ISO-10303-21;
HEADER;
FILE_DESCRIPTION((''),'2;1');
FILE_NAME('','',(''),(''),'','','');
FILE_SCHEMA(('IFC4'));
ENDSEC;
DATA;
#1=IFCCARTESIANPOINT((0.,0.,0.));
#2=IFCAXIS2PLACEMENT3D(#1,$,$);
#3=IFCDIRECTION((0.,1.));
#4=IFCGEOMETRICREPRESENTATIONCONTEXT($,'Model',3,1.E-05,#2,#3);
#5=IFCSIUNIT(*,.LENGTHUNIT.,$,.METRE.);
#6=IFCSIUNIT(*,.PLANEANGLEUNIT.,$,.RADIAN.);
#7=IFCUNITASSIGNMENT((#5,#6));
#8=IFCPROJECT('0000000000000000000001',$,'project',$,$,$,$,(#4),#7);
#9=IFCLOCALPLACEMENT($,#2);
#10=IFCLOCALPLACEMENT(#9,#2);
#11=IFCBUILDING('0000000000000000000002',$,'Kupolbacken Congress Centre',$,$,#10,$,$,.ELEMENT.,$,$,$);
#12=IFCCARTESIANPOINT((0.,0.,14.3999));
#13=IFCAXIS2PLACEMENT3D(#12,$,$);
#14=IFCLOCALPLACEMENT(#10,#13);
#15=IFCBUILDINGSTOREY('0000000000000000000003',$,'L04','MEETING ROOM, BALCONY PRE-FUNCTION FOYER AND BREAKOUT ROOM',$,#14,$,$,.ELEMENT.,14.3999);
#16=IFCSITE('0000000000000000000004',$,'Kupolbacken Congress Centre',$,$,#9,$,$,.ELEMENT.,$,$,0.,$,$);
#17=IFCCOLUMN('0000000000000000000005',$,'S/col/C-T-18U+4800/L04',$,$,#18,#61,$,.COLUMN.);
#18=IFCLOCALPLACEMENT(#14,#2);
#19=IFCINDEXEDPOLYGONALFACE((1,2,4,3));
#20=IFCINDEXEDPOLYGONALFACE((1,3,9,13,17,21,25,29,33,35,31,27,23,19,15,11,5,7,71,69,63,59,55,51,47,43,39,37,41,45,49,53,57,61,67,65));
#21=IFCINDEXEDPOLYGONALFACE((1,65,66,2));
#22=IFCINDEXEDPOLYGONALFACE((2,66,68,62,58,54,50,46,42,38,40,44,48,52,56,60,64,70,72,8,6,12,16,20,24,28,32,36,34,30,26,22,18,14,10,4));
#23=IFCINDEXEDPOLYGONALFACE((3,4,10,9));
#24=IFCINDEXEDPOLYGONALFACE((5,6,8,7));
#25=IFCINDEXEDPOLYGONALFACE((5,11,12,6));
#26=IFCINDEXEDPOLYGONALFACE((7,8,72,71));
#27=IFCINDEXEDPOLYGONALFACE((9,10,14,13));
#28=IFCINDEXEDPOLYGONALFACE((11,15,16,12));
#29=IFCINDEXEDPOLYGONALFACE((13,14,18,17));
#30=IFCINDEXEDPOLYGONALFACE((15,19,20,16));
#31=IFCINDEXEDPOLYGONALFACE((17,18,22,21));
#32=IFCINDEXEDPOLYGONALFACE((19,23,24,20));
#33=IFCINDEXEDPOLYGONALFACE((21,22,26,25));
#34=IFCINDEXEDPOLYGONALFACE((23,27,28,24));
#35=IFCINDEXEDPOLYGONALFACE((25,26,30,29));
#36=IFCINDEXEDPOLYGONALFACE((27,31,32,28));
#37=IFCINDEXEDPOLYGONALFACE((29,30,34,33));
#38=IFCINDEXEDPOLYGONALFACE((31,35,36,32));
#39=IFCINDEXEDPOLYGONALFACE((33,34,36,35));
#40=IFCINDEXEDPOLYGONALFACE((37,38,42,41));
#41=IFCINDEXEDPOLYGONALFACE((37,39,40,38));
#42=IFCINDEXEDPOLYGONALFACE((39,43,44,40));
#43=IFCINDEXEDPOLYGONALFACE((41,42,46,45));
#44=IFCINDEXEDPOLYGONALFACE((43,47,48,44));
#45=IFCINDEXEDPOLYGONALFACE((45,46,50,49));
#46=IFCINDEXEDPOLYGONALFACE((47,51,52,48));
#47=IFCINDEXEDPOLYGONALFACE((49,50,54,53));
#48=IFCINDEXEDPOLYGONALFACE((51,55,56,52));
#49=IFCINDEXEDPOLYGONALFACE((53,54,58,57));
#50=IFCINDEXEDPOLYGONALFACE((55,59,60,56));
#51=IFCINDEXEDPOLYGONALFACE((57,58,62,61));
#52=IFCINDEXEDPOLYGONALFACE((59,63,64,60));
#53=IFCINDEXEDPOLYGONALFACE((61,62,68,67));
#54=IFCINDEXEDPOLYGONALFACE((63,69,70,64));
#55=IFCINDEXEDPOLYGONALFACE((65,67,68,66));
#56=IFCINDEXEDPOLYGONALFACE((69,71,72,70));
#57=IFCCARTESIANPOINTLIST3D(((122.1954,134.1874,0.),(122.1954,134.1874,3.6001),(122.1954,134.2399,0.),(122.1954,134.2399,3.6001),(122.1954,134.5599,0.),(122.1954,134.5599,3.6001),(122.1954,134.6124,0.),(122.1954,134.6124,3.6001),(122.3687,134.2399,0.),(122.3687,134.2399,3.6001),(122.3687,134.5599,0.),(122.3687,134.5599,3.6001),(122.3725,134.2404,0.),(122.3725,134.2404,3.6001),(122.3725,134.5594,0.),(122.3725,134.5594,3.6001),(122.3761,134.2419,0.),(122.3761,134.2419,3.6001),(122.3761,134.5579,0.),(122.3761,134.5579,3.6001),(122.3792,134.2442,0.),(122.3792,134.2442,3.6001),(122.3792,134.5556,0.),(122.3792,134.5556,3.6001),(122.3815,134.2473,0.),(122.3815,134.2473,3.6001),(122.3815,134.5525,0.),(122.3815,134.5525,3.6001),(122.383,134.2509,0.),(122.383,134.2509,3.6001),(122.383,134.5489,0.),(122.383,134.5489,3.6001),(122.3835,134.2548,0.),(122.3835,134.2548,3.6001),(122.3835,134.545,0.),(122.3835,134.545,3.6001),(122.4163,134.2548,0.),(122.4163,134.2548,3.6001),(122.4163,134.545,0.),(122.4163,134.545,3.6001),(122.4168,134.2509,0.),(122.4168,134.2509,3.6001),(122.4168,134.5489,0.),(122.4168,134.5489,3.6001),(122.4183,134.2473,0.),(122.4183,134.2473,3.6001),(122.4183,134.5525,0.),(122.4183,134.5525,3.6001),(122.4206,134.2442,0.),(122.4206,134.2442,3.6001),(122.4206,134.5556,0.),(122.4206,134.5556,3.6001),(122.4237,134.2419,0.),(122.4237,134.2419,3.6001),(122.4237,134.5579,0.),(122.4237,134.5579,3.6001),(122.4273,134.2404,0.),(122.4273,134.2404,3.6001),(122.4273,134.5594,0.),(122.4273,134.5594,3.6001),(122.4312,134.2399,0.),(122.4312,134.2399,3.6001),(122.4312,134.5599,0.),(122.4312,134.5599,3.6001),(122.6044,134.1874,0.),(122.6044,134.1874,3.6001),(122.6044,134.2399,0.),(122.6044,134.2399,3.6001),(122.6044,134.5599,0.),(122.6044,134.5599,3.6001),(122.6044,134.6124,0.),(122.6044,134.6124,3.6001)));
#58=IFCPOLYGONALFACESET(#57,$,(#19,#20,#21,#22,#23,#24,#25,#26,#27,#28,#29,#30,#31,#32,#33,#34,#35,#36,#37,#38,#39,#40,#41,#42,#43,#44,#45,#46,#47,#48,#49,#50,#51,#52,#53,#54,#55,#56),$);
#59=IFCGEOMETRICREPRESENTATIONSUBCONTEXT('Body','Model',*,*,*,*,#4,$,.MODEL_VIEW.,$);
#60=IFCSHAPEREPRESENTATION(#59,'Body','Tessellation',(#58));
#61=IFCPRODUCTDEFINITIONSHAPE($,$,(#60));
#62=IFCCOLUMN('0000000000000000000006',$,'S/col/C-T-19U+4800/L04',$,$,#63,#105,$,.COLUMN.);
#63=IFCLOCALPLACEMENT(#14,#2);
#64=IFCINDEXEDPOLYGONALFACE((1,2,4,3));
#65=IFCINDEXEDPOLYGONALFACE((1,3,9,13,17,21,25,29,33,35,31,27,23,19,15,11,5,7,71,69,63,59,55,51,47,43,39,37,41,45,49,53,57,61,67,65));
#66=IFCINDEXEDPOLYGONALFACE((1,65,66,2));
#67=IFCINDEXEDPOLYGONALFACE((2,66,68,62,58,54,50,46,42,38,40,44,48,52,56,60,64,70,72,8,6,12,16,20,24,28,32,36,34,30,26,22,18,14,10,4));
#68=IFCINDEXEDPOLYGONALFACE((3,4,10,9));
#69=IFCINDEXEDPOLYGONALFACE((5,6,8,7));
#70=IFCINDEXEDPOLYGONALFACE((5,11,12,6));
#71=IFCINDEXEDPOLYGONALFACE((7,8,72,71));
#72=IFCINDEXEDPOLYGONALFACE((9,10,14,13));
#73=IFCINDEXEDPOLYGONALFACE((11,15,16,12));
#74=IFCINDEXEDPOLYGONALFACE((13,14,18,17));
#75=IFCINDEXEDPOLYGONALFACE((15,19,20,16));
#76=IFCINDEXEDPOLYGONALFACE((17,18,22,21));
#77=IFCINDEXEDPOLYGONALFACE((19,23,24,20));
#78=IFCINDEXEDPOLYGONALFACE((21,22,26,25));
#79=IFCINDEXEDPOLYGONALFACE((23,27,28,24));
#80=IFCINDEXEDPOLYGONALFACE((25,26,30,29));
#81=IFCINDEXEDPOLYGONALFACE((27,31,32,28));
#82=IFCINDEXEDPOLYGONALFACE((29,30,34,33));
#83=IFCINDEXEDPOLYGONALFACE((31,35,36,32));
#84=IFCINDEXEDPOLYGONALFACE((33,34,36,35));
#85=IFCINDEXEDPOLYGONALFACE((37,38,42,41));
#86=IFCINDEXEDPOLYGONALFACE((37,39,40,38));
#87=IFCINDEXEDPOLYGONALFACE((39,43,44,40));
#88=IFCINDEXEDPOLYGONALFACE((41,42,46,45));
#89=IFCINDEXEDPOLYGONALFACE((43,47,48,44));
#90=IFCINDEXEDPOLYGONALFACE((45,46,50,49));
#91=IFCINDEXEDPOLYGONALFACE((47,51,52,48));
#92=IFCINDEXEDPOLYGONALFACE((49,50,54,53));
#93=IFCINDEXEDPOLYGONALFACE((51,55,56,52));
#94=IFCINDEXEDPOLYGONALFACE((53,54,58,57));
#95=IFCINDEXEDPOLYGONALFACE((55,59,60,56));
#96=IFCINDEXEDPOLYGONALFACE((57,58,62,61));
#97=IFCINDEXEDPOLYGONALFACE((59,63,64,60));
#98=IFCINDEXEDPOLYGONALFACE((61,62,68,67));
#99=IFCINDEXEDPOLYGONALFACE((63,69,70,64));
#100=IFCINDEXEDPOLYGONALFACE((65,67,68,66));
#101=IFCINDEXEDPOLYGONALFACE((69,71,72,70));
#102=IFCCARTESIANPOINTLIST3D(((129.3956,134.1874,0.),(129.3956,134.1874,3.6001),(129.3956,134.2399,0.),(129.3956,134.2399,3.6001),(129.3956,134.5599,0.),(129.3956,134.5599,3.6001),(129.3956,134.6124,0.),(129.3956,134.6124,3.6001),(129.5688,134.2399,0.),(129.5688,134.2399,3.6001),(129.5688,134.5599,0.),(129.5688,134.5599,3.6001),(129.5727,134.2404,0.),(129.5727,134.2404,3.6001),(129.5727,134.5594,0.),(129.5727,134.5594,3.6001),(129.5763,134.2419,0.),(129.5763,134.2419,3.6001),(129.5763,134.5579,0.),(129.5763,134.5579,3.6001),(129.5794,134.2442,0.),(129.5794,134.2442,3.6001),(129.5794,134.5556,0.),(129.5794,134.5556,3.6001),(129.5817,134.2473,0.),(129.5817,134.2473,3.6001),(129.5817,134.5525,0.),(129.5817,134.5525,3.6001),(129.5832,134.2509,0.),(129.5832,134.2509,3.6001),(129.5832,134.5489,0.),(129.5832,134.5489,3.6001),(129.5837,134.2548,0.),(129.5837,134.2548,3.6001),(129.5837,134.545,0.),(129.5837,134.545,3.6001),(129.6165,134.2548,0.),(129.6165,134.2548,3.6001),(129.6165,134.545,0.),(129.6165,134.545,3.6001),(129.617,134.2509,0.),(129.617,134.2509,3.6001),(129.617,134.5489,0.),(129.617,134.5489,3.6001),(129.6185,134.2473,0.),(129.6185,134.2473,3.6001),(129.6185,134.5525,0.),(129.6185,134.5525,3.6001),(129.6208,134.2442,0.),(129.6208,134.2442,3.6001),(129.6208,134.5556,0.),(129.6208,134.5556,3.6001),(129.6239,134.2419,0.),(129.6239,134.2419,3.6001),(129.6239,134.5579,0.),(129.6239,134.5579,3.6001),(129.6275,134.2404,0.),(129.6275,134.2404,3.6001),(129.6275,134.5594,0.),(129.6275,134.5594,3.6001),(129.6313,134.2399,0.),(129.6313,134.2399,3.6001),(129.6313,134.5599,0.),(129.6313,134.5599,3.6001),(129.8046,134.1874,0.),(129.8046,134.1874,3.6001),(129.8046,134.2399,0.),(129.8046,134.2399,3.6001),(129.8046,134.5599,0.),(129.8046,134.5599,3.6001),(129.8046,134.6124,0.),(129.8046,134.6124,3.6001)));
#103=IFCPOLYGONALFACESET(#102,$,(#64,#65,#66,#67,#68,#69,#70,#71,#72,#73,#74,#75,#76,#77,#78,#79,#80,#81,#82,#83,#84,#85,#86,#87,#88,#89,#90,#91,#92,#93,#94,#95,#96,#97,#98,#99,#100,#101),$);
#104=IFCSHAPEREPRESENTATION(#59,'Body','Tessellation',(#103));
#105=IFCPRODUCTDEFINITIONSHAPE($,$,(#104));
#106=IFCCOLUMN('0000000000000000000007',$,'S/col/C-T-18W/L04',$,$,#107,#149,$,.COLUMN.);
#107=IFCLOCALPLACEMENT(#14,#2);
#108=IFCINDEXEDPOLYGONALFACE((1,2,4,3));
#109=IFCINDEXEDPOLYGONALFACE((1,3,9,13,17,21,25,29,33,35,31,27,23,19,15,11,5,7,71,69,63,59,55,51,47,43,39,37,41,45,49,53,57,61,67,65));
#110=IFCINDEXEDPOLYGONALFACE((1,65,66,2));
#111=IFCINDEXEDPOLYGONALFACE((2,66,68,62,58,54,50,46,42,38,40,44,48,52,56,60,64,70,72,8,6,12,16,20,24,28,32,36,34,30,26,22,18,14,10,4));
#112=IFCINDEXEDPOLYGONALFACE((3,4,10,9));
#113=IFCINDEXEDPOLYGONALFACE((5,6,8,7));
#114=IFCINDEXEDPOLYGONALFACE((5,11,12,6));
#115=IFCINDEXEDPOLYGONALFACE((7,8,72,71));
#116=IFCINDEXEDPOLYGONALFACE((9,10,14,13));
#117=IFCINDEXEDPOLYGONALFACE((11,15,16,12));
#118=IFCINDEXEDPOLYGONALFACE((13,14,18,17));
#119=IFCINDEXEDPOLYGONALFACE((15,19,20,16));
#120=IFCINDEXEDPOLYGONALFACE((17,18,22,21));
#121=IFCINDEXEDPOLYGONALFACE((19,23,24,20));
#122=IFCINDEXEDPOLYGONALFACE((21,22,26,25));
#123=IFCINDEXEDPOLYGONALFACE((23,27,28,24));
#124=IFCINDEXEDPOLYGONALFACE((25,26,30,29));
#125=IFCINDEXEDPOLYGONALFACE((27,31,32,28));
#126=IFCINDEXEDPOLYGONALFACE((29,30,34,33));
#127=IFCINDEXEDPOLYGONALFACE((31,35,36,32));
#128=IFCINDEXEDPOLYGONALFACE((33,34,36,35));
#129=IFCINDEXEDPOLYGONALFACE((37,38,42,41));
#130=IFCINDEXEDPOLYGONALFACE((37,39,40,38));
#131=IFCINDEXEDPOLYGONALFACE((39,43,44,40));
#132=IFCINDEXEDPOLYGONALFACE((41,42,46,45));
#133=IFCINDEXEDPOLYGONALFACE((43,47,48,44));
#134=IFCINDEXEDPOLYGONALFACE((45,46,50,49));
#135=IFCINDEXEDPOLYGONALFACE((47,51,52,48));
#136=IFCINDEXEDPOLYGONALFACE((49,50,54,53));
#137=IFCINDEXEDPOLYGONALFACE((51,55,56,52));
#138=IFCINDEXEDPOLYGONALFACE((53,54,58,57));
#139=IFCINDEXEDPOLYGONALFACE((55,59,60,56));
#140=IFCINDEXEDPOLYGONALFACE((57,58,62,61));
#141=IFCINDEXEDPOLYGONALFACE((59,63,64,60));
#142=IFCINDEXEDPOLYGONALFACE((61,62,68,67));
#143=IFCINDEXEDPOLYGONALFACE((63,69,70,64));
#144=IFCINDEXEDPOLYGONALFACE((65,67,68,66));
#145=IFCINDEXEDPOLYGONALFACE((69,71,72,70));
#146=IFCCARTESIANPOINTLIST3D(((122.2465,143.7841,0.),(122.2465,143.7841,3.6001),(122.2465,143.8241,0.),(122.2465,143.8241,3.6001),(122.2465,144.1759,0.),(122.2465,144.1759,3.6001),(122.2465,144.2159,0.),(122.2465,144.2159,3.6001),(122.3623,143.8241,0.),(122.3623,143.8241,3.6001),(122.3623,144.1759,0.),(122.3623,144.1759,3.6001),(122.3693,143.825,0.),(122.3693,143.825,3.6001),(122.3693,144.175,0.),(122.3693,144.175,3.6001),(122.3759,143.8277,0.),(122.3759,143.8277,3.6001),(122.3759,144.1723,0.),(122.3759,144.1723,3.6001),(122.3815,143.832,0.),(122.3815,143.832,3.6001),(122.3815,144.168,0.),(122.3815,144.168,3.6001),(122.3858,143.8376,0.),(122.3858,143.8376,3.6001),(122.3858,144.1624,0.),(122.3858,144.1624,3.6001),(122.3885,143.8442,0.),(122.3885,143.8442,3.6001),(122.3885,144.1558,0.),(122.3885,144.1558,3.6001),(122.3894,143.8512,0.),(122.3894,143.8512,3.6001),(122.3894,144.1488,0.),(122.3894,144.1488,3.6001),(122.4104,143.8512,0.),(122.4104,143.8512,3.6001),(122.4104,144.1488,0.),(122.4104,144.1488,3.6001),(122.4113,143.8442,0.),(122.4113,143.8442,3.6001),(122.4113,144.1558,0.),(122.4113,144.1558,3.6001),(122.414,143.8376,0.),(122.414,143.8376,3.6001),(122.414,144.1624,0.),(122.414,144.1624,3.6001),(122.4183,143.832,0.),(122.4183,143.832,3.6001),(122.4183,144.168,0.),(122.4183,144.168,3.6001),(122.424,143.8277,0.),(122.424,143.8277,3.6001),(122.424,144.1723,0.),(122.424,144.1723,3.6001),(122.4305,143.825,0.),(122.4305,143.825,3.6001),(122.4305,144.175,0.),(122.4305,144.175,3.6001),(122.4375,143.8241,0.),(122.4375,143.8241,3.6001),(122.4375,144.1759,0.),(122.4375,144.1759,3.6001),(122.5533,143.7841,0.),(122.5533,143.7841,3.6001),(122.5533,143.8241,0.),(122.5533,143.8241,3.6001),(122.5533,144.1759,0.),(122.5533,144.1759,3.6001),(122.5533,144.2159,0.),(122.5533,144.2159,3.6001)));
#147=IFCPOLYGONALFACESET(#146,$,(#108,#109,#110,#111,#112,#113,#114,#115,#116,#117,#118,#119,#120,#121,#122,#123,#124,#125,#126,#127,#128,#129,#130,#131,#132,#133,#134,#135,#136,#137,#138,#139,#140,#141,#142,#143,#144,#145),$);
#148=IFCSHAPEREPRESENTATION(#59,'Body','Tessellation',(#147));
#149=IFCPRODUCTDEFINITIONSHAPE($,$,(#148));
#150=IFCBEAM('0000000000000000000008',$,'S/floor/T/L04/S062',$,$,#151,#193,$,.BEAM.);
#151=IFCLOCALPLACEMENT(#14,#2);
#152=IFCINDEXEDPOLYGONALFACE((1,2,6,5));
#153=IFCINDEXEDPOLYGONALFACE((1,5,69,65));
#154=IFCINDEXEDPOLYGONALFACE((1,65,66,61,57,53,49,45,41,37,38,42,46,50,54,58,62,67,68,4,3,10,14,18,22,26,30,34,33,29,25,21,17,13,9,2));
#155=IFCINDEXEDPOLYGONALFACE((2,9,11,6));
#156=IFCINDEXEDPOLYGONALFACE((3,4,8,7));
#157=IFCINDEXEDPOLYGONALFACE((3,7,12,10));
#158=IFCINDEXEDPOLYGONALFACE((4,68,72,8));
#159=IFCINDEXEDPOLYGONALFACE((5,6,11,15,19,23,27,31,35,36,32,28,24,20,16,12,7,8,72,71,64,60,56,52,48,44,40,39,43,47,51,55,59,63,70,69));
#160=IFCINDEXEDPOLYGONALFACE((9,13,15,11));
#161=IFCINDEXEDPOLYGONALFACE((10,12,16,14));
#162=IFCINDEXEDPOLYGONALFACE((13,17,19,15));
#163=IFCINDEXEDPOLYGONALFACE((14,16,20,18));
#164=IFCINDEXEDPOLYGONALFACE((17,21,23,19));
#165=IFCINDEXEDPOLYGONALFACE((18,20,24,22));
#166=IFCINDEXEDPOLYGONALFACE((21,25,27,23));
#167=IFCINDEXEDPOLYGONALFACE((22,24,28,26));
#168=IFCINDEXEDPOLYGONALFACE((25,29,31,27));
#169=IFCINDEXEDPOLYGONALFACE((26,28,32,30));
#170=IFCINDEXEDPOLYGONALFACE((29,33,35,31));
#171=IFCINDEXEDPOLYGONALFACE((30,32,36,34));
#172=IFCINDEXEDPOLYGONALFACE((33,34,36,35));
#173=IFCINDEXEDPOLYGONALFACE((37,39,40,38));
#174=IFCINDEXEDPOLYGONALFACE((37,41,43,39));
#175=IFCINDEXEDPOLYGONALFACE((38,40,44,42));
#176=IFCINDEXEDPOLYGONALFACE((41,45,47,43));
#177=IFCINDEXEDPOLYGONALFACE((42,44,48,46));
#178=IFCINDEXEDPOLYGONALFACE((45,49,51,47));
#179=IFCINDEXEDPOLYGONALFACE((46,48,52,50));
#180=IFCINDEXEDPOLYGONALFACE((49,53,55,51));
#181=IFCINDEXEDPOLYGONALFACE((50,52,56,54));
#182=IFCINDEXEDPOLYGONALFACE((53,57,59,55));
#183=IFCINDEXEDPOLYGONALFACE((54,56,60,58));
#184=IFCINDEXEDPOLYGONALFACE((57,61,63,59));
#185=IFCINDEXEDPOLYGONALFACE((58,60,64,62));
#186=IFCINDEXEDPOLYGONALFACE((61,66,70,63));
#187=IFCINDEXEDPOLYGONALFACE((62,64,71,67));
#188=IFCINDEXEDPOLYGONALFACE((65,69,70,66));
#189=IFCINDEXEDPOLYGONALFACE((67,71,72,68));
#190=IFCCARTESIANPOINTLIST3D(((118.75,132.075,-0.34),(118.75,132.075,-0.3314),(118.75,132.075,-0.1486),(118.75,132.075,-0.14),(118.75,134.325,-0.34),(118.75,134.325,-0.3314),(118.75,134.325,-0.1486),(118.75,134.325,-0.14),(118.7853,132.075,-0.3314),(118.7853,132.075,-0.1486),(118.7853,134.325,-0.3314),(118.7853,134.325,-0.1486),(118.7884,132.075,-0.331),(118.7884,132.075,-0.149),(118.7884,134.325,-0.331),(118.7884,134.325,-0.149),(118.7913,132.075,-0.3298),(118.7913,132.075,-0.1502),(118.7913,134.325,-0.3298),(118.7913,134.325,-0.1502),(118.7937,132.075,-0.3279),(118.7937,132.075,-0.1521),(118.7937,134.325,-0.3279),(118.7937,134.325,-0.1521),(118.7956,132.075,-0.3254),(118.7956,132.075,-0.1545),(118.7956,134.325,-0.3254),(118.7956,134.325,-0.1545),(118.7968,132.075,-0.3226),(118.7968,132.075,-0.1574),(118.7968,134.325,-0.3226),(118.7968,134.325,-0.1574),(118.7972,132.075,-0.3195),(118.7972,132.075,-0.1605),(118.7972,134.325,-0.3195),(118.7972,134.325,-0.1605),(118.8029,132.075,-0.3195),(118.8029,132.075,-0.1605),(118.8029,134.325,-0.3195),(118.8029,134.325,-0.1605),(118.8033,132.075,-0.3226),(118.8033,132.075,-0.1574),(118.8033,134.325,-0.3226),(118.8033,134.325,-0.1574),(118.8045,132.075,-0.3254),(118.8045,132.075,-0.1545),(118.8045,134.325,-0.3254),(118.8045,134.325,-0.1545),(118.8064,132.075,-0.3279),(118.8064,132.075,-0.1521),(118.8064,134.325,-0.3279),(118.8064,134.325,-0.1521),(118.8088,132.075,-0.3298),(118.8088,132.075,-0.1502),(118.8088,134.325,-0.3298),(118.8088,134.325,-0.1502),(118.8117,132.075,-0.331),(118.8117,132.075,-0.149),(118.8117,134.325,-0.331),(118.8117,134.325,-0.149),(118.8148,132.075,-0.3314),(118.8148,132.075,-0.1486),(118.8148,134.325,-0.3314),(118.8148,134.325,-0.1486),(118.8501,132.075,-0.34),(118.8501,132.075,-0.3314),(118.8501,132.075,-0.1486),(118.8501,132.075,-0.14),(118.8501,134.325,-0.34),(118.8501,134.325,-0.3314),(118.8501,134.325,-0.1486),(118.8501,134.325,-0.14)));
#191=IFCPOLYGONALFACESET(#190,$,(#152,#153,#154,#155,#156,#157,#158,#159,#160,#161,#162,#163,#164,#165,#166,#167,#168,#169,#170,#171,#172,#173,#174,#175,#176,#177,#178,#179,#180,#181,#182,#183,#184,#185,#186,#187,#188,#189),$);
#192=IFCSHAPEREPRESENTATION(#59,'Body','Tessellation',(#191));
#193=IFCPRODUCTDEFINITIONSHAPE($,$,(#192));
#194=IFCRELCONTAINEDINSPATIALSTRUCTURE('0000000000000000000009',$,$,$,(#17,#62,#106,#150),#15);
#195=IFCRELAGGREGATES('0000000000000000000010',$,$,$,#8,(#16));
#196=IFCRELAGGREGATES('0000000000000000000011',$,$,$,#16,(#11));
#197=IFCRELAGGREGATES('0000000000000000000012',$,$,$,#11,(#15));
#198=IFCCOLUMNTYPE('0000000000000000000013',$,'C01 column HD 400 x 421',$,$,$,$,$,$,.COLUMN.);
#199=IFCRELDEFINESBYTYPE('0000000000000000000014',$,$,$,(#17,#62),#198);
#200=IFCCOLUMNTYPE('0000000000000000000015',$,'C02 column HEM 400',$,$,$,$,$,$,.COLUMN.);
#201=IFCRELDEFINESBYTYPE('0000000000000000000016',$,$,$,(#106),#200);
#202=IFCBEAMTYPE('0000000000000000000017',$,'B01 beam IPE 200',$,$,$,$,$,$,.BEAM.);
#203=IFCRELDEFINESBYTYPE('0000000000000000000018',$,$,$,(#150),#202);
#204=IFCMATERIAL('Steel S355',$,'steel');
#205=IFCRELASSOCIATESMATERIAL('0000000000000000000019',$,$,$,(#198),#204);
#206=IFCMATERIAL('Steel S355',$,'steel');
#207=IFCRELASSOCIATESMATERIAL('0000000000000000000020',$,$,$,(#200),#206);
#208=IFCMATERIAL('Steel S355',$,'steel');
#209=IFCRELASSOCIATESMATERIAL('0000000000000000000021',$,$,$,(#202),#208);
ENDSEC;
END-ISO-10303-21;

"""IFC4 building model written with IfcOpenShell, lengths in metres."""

from ifc_helpers import new_model, si_unit, direction, frame, origin, origin_2d, place, context, subcontext, project, spatial, i_section, extrude, material, material_profile, profile_set, type_object, element, save


model = new_model("IFC4")

# Units and contexts
model_context = context("Model", 3, precision=1e-05, world=origin(), true_north=direction((0.0, 1.0)))
body_context = subcontext(model_context, "Body", "Model", "MODEL_VIEW")
ifc_project = project(units=[si_unit("LENGTHUNIT", "METRE"), si_unit("PLANEANGLEUNIT", "RADIAN")], contexts=[model_context])

# Site, building, storey
site_placement = place(None, origin())
site = spatial("IfcSite", under=ifc_project, at=site_placement, Name="Kupolbacken Congress Centre", CompositionType="ELEMENT", RefElevation=0.0)
building_placement = place(site_placement, origin())
building = spatial("IfcBuilding", under=site, at=building_placement, Name="Kupolbacken Congress Centre", CompositionType="ELEMENT")
storey_placement = place(building_placement, frame((0.0, 0.0, 14.3999)))
storey = spatial("IfcBuildingStorey", under=building, at=storey_placement, Name="L04", Description="MEETING ROOM, BALCONY PRE-FUNCTION FOYER AND BREAKOUT ROOM", CompositionType="ELEMENT", Elevation=14.3999)

# Columns
ifc_material_1 = material(Name="Steel S355", Category="steel")
ifc_material_profile_1 = material_profile(ifc_material_1, i_section(OverallWidth=0.4089, OverallDepth=0.425, WebThickness=0.0327, FlangeThickness=0.0525, FilletRadius=0.0149, at=origin_2d()), Name="HD 400 x 421")
ifc_profile_set_1 = profile_set([ifc_material_profile_1], Name="Steel S355")
column_type_1 = type_object("IfcColumnType", Name="C01 column HD 400 x 421", PredefinedType="COLUMN", material=ifc_profile_set_1)
for number, where, z_axis, x_axis, name in (
    (1, (122.3999, 134.3999, 0.0), (0.0, 0.0, 1.0), (1.0, 0.0, 0.0), "S/col/C-T-18U+4800/L04"),
    (2, (129.6001, 134.3999, 0.0), (0.0, 0.0, 1.0), (1.0, 0.0, 0.0), "S/col/C-T-19U+4800/L04"),
):
    element("IfcColumn", number, at=place(storey_placement, frame(where, z_axis=z_axis, x_axis=x_axis)), inside=storey, type_object=column_type_1, Name=name, PredefinedType="COLUMN", context=body_context, shape_type="SweptSolid", body=[
        extrude(i_section(OverallWidth=0.4089, OverallDepth=0.425, WebThickness=0.0327, FlangeThickness=0.0525, FilletRadius=0.0149, at=origin_2d()), origin(), (0.0, 0.0, 1.0), 3.6001),
    ])
ifc_material_2 = material(Name="Steel S355", Category="steel")
ifc_material_profile_2 = material_profile(ifc_material_2, i_section(OverallWidth=0.3069, OverallDepth=0.4319, WebThickness=0.021, FlangeThickness=0.04, FilletRadius=0.0271, at=origin_2d()), Name="HEM 400")
ifc_profile_set_2 = profile_set([ifc_material_profile_2], Name="Steel S355")
column_type_2 = type_object("IfcColumnType", Name="C02 column HEM 400", PredefinedType="COLUMN", material=ifc_profile_set_2)
column_placement = place(storey_placement, frame((122.3999, 144.0, 0.0), z_axis=(0.0, 0.0, 1.0), x_axis=(1.0, 0.0, 0.0)))
element("IfcColumn", 3, at=column_placement, inside=storey, type_object=column_type_2, Name="S/col/C-T-18W/L04", PredefinedType="COLUMN", context=body_context, shape_type="SweptSolid", body=[
    extrude(i_section(OverallWidth=0.3069, OverallDepth=0.4319, WebThickness=0.021, FlangeThickness=0.04, FilletRadius=0.0271, at=origin_2d()), origin(), (0.0, 0.0, 1.0), 3.6001),
])

# Beam
ifc_material_3 = material(Name="Steel S355", Category="steel")
ifc_material_profile_3 = material_profile(ifc_material_3, i_section(OverallWidth=0.1001, OverallDepth=0.2, WebThickness=0.0056, FlangeThickness=0.0085, FilletRadius=0.012, at=origin_2d()), Name="IPE 200")
ifc_profile_set_3 = profile_set([ifc_material_profile_3], Name="Steel S355")
beam_type_1 = type_object("IfcBeamType", Name="B01 beam IPE 200", PredefinedType="BEAM", material=ifc_profile_set_3)
beam_1_placement = place(storey_placement, frame((118.8, 132.075, -0.24), z_axis=(0.0, 1.0, 0.0), x_axis=(-1.0, 0.0, 0.0)))
element("IfcBeam", 4, at=beam_1_placement, inside=storey, type_object=beam_type_1, Name="S/floor/T/L04/S062", PredefinedType="BEAM", context=body_context, shape_type="SweptSolid", body=[
    extrude(i_section(OverallWidth=0.1001, OverallDepth=0.2, WebThickness=0.0056, FlangeThickness=0.0085, FilletRadius=0.012, at=origin_2d()), origin(), (0.0, 0.0, 1.0), 2.25),
])

save(model, "model.ifc")
